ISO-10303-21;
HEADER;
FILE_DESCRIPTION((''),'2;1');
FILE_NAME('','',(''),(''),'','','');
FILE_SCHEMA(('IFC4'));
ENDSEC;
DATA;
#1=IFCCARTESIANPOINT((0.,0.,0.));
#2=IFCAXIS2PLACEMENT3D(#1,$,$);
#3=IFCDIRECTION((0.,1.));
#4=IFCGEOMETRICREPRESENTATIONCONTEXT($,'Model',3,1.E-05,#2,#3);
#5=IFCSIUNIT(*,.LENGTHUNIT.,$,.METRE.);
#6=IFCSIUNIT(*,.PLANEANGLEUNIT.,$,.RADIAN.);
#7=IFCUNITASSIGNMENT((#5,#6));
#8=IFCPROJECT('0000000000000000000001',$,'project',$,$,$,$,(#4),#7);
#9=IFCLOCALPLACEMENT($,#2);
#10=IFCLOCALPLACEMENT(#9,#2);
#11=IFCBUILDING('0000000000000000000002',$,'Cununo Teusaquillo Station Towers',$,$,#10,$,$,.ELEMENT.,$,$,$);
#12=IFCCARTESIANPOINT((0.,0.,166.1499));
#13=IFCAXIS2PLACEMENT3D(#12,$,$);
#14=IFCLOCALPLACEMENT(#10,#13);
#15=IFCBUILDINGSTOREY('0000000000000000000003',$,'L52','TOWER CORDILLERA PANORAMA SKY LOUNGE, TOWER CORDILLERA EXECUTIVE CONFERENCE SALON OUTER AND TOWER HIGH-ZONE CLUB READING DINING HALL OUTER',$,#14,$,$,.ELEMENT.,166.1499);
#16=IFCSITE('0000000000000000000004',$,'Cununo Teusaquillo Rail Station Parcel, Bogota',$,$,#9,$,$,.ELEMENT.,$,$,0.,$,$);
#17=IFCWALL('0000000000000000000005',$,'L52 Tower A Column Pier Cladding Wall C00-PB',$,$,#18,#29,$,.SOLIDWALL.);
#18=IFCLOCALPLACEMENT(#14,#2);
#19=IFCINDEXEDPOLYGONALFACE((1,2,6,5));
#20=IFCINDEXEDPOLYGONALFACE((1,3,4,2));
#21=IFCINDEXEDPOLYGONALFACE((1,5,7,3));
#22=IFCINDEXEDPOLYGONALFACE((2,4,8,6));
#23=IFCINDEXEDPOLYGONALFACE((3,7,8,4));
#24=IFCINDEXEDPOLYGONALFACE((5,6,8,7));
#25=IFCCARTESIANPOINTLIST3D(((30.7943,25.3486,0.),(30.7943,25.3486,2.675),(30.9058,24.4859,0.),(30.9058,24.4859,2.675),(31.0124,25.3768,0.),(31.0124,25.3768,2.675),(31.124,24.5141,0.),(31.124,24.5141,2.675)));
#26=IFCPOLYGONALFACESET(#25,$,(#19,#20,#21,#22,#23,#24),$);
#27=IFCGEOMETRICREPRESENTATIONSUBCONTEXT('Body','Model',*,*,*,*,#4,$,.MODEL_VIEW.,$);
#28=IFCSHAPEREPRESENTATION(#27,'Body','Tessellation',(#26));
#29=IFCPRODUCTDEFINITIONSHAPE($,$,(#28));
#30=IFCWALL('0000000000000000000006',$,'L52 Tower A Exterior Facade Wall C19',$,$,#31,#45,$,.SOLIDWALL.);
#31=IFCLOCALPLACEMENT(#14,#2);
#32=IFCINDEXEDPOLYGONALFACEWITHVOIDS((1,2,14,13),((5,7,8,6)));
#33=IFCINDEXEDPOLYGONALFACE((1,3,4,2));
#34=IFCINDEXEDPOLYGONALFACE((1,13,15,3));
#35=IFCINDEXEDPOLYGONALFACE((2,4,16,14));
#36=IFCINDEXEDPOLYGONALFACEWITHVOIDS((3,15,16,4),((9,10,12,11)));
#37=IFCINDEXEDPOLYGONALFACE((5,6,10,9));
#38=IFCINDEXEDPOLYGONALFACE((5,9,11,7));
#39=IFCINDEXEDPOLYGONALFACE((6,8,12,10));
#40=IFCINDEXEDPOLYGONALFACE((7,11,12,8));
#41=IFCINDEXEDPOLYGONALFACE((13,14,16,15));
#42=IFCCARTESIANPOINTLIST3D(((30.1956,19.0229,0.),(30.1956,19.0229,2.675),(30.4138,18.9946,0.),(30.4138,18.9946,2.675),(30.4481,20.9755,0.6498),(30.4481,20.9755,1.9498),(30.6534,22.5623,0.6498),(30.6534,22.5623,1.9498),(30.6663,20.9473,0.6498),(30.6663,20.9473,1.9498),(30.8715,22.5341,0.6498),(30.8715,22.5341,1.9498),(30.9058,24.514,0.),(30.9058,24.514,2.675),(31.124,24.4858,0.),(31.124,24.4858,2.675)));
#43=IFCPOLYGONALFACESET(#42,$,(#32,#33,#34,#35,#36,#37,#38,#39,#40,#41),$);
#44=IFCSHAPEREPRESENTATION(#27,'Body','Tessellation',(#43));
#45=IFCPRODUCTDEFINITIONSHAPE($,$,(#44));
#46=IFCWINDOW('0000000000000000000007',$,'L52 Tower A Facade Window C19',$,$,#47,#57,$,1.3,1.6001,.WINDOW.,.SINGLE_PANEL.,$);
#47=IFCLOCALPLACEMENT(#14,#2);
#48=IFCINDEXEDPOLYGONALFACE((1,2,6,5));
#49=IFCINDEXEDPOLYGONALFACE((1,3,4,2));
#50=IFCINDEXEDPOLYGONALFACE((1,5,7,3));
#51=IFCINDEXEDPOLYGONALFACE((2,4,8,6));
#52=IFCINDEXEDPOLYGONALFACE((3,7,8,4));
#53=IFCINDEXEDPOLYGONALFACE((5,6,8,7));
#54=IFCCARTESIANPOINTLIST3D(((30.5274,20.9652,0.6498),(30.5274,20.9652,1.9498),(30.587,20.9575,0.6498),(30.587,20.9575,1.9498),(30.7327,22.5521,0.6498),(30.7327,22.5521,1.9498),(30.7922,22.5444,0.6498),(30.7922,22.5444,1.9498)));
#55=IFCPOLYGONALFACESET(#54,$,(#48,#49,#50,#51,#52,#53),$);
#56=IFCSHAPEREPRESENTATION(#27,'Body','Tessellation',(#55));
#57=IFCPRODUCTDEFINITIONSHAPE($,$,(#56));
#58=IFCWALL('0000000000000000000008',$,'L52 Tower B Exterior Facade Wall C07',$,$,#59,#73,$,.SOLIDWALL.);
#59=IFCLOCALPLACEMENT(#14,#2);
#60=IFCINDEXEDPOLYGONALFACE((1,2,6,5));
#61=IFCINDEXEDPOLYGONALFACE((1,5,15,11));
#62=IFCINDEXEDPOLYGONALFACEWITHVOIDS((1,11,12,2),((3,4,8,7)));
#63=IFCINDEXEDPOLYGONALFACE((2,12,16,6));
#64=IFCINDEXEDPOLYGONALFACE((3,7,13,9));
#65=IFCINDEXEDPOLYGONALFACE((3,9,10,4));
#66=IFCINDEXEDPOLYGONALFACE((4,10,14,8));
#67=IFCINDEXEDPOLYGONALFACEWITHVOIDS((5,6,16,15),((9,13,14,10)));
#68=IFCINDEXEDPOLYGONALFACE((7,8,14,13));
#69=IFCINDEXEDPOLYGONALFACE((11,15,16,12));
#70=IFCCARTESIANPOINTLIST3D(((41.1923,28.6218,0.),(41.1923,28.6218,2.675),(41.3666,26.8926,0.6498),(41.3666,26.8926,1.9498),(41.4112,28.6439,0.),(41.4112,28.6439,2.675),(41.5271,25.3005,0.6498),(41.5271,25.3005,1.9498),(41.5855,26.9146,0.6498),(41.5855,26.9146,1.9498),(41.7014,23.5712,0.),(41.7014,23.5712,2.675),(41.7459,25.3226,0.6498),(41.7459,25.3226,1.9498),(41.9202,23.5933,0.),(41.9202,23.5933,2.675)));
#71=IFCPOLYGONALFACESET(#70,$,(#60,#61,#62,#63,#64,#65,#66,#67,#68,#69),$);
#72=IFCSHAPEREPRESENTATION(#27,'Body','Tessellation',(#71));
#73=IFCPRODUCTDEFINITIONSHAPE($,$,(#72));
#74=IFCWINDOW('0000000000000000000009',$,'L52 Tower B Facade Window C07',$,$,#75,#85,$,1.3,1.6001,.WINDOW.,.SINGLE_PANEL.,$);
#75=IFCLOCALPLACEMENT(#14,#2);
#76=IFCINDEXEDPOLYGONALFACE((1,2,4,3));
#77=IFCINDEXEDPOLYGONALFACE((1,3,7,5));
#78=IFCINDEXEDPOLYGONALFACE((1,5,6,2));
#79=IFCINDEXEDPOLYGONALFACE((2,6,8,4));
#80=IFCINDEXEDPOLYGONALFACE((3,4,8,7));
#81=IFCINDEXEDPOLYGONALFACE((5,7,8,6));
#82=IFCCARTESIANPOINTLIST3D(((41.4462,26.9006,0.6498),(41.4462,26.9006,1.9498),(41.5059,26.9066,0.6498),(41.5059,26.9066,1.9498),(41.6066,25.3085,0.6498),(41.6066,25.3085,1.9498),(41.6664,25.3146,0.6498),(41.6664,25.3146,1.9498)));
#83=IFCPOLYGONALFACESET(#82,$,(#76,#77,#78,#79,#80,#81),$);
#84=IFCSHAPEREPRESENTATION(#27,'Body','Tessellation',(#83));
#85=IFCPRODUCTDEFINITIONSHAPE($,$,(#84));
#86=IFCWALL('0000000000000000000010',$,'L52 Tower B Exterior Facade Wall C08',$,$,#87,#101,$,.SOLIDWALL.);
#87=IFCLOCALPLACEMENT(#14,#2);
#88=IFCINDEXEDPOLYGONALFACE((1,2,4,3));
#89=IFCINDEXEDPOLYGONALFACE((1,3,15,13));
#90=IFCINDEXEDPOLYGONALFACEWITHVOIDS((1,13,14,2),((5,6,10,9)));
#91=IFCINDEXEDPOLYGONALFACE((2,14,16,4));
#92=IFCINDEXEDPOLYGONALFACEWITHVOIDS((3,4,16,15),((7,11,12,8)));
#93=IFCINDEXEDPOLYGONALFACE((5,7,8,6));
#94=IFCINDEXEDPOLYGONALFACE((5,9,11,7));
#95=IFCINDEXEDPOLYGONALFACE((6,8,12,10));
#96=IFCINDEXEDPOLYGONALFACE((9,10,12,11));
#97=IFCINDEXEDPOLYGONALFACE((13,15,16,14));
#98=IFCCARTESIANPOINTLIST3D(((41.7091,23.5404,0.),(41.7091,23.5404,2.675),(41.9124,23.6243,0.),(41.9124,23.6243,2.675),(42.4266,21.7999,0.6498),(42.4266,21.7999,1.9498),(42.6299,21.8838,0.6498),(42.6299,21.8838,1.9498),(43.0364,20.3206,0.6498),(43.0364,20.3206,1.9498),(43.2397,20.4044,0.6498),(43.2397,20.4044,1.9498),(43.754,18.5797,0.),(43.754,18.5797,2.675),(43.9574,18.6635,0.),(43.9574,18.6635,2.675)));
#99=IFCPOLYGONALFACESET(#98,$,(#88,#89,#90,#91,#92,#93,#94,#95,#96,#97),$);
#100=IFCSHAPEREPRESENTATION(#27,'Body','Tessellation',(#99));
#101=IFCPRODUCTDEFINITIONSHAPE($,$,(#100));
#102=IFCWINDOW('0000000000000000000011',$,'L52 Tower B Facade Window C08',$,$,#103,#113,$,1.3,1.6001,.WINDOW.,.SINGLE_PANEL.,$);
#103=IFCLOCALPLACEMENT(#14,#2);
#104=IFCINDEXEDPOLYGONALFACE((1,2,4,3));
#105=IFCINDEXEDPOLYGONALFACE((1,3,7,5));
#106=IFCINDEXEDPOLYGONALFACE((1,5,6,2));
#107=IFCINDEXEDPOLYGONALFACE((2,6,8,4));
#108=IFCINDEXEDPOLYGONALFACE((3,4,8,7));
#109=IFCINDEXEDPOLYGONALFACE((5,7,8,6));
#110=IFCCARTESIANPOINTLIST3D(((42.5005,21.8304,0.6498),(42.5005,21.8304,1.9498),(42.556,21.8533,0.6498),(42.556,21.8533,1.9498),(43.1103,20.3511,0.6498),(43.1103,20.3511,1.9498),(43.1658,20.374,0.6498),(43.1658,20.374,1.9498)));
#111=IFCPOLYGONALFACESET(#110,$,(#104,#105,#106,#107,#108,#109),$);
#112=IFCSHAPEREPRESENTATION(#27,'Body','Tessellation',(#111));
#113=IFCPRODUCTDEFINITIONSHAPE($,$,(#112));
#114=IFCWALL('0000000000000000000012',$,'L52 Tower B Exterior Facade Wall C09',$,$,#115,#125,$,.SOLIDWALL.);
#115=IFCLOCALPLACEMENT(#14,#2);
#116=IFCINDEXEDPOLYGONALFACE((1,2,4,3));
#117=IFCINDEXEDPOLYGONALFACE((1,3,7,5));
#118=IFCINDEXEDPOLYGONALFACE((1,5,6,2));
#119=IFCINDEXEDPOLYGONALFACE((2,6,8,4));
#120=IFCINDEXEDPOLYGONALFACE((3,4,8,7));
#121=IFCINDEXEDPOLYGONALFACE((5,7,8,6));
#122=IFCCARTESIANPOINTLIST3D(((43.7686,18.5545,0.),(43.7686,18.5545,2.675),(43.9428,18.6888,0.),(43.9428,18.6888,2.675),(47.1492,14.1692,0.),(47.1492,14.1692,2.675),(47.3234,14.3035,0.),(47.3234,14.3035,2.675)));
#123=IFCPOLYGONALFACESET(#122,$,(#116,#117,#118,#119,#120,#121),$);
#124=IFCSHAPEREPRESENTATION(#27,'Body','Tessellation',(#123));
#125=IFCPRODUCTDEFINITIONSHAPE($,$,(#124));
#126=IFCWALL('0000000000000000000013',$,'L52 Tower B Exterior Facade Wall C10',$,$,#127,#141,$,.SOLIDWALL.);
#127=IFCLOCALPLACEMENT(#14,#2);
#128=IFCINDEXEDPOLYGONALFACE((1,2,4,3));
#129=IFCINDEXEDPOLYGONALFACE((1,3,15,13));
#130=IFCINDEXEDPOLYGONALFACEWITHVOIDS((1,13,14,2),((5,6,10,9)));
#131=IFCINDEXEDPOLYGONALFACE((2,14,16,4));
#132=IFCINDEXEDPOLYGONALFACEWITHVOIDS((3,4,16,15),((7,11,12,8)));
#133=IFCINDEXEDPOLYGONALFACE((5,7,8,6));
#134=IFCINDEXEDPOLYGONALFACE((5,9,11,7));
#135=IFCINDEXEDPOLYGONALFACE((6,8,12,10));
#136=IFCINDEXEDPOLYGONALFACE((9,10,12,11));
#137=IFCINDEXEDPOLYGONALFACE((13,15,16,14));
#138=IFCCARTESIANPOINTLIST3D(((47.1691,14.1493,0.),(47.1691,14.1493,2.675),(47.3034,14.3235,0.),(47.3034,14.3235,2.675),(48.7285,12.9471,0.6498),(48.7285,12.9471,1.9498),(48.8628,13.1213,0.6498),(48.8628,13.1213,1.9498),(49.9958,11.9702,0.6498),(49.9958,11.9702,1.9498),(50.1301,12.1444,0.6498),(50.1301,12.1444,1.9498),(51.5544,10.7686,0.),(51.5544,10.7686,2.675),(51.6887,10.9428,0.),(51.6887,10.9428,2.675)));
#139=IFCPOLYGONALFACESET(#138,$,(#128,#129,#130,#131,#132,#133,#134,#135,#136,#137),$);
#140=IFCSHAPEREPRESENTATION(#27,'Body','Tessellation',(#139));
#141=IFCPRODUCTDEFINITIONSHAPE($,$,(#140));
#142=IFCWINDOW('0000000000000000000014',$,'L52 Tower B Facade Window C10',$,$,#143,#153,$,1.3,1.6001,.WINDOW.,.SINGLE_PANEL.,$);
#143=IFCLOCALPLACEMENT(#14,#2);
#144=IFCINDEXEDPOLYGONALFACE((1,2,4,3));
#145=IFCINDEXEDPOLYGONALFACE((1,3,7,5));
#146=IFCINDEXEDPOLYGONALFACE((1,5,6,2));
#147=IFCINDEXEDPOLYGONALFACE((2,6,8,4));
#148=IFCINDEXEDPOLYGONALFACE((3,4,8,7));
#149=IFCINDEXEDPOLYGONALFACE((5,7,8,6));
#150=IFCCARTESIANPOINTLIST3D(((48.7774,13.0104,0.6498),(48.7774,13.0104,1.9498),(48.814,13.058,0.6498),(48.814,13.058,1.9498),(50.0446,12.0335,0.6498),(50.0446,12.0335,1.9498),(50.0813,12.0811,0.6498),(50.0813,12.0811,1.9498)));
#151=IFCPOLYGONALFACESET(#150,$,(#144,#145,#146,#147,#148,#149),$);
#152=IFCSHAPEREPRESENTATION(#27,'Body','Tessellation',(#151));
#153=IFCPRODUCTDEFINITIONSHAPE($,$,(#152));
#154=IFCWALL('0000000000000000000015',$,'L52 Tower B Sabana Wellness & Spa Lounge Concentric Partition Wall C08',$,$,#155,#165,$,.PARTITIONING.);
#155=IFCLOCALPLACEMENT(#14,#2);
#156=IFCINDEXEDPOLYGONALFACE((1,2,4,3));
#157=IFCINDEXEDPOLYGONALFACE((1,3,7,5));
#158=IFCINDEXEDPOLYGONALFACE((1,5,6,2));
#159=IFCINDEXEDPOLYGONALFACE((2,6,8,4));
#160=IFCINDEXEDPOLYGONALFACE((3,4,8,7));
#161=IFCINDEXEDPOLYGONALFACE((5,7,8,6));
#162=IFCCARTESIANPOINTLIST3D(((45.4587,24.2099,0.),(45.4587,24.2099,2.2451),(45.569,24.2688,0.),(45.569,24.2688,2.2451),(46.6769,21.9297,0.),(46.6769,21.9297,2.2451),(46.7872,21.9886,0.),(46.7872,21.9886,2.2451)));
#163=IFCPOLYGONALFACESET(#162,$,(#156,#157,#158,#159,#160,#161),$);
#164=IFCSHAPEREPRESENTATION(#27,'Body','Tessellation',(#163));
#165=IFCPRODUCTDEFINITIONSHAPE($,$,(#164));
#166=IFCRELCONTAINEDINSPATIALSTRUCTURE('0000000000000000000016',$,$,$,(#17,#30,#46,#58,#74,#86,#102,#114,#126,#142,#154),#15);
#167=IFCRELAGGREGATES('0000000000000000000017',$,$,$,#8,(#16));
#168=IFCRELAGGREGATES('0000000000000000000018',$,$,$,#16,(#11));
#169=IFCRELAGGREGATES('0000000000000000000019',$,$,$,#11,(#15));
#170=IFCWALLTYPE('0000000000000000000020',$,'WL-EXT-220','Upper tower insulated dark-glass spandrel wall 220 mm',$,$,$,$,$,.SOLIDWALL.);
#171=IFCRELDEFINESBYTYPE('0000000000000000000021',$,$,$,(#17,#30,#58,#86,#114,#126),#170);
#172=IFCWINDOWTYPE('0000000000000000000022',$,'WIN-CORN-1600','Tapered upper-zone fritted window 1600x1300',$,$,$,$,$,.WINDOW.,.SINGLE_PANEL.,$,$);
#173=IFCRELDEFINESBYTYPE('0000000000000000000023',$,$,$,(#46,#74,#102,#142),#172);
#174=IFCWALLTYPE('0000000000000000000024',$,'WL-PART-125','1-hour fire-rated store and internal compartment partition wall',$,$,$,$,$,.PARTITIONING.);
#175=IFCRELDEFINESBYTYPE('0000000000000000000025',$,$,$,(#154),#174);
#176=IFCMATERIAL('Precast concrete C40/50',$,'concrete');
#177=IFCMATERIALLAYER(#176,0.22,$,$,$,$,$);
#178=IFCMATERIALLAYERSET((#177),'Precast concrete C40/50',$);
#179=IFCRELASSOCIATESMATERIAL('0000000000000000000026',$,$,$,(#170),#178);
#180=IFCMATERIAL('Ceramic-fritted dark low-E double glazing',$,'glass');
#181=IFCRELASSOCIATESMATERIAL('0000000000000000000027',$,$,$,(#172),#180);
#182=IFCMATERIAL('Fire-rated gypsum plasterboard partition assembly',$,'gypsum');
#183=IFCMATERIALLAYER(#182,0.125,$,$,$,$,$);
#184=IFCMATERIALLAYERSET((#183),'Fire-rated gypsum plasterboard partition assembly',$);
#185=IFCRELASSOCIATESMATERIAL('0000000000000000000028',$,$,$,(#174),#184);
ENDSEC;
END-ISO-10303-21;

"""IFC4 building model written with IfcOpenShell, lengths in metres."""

from ifc_helpers import new_model, si_unit, direction, frame, frame_2d, origin, place, context, subcontext, project, spatial, rectangle, extrude, source, transform, mapped, material, layer, layer_set, type_object, element, fill, save


model = new_model("IFC4")

# Units and contexts
model_context = context("Model", 3, precision=1e-05, world=origin(), true_north=direction((0.0, 1.0)))
body_context = subcontext(model_context, "Body", "Model", "MODEL_VIEW")
ifc_project = project(units=[si_unit("LENGTHUNIT", "METRE"), si_unit("PLANEANGLEUNIT", "RADIAN")], contexts=[model_context])

# Site, building, storey
site_placement = place(None, origin())
site = spatial("IfcSite", under=ifc_project, at=site_placement, Name="Cununo Teusaquillo Rail Station Parcel, Bogota", CompositionType="ELEMENT", RefElevation=0.0)
building_placement = place(site_placement, origin())
building = spatial("IfcBuilding", under=site, at=building_placement, Name="Cununo Teusaquillo Station Towers", CompositionType="ELEMENT")
storey_placement = place(building_placement, frame((0.0, 0.0, 166.1499)))
storey = spatial("IfcBuildingStorey", under=building, at=storey_placement, Name="L52", Description="TOWER CORDILLERA PANORAMA SKY LOUNGE, TOWER CORDILLERA EXECUTIVE CONFERENCE SALON OUTER AND TOWER HIGH-ZONE CLUB READING DINING HALL OUTER", CompositionType="ELEMENT", Elevation=166.1499)

# Wall
ifc_material_1 = material(Name="Precast concrete C40/50", Category="concrete")
ifc_layer_1 = layer(ifc_material_1, 0.22)
ifc_layer_set_1 = layer_set([ifc_layer_1], Name="Precast concrete C40/50")
wall_type_1 = type_object("IfcWallType", Name="WL-EXT-220", Description="Upper tower insulated dark-glass spandrel wall 220 mm", PredefinedType="SOLIDWALL", material=ifc_layer_set_1)
wall_1_placement = place(storey_placement, frame((30.9033, 25.3628, 0.0), z_axis=(0.0, 0.0, 1.0), x_axis=(0.128247, -0.991742, 0.0)))
element("IfcWall", 1, at=wall_1_placement, inside=storey, type_object=wall_type_1, Name="L52 Tower A Column Pier Cladding Wall C00-PB", PredefinedType="SOLIDWALL", context=body_context, shape_type="SweptSolid", body=[
    extrude(rectangle(XDim=0.8699, YDim=0.22, at=frame_2d((0.4351, 0.0))), origin(), (0.0, 0.0, 1.0), 2.675),
])

# Walls, openings, windows
wall_2_placement = place(storey_placement, frame((31.0149, 24.5, 0.0), z_axis=(0.0, 0.0, 1.0), x_axis=(-0.128267, -0.99174, 0.0)))
wall_2 = element("IfcWall", 2, at=wall_2_placement, inside=storey, type_object=wall_type_1, Name="L52 Tower A Exterior Facade Wall C19", PredefinedType="SOLIDWALL", context=body_context, shape_type="SweptSolid", body=[
    extrude(rectangle(XDim=5.5369, YDim=0.22, at=frame_2d((2.7686, 0.0))), origin(), (0.0, 0.0, 1.0), 2.675),
])
shared_shape_1 = source(origin(), body_context, "Body", "SweptSolid", [
    extrude(rectangle(XDim=1.6001, YDim=1.3, at=frame_2d((0.8, 0.6499))), frame((0.0, 0.1199, 0.0), z_axis=(0.0, -1.0, 0.0), x_axis=(1.0, 0.0, 0.0)), (0.0, 0.0, 1.0), 0.24),
])
opening_1_placement = place(wall_2_placement, frame((1.968, 0.0, 0.6499)))
opening_1 = element("IfcOpeningElement", 3, at=opening_1_placement, cuts=wall_2, PredefinedType="OPENING", context=body_context, shape_type="MappedRepresentation", body=[
    mapped(shared_shape_1, transform((0.0, 0.0, 0.0), x_axis=(1.0, 0.0, 0.0), y_axis=(0.0, 1.0, 0.0), z_axis=(0.0, 0.0, 1.0), scale=1.0)),
])
ifc_material_2 = material(Name="Ceramic-fritted dark low-E double glazing", Category="glass")
window_type = type_object("IfcWindowType", Name="WIN-CORN-1600", Description="Tapered upper-zone fritted window 1600x1300", PartitioningType="SINGLE_PANEL", PredefinedType="WINDOW", material=ifc_material_2)
shared_shape_2 = source(origin(), body_context, "Body", "SweptSolid", [
    extrude(rectangle(XDim=1.6001, YDim=1.3, at=frame_2d((0.8, 0.6499))), frame((0.0, 0.03, 0.0), z_axis=(0.0, -1.0, 0.0), x_axis=(1.0, 0.0, 0.0)), (0.0, 0.0, 1.0), 0.0601),
])
window_1_placement = place(opening_1_placement, origin())
window_1 = element("IfcWindow", 4, at=window_1_placement, inside=storey, type_object=window_type, Name="L52 Tower A Facade Window C19", OverallHeight=1.3, OverallWidth=1.6001, PartitioningType="SINGLE_PANEL", PredefinedType="WINDOW", context=body_context, shape_type="MappedRepresentation", body=[
    mapped(shared_shape_2, transform((0.0, 0.0, 0.0), x_axis=(1.0, 0.0, 0.0), y_axis=(0.0, 1.0, 0.0), z_axis=(0.0, 0.0, 1.0), scale=1.0)),
])
fill(opening_1, window_1)
wall_3_placement = place(storey_placement, frame((41.8108, 23.5823, 0.0), z_axis=(0.0, 0.0, 1.0), x_axis=(-0.10028, 0.994959, 0.0)))
wall_3 = element("IfcWall", 5, at=wall_3_placement, inside=storey, type_object=wall_type_1, Name="L52 Tower B Exterior Facade Wall C07", PredefinedType="SOLIDWALL", context=body_context, shape_type="SweptSolid", body=[
    extrude(rectangle(XDim=5.0762, YDim=0.22, at=frame_2d((2.5381, 0.0))), origin(), (0.0, 0.0, 1.0), 2.675),
])
opening_2_placement = place(wall_3_placement, frame((1.738, 0.0, 0.6499)))
opening_2 = element("IfcOpeningElement", 6, at=opening_2_placement, cuts=wall_3, PredefinedType="OPENING", context=body_context, shape_type="MappedRepresentation", body=[
    mapped(shared_shape_1, transform((0.0, 0.0, 0.0), x_axis=(1.0, 0.0, 0.0), y_axis=(0.0, 1.0, 0.0), z_axis=(0.0, 0.0, 1.0), scale=1.0)),
])
window_2_placement = place(opening_2_placement, origin())
window_2 = element("IfcWindow", 7, at=window_2_placement, inside=storey, type_object=window_type, Name="L52 Tower B Facade Window C07", OverallHeight=1.3, OverallWidth=1.6001, PartitioningType="SINGLE_PANEL", PredefinedType="WINDOW", context=body_context, shape_type="MappedRepresentation", body=[
    mapped(shared_shape_2, transform((0.0, 0.0, 0.0), x_axis=(1.0, 0.0, 0.0), y_axis=(0.0, 1.0, 0.0), z_axis=(0.0, 0.0, 1.0), scale=1.0)),
])
fill(opening_2, window_2)
wall_4_placement = place(storey_placement, frame((43.8557, 18.6216, 0.0), z_axis=(0.0, 0.0, 1.0), x_axis=(-0.381114, 0.924528, 0.0)))
wall_4 = element("IfcWall", 8, at=wall_4_placement, inside=storey, type_object=wall_type_1, Name="L52 Tower B Exterior Facade Wall C08", PredefinedType="SOLIDWALL", context=body_context, shape_type="SweptSolid", body=[
    extrude(rectangle(XDim=5.3657, YDim=0.22, at=frame_2d((2.6829, 0.0))), origin(), (0.0, 0.0, 1.0), 2.675),
])
opening_3_placement = place(wall_4_placement, frame((1.8831, 0.0, 0.6499)))
opening_3 = element("IfcOpeningElement", 9, at=opening_3_placement, cuts=wall_4, PredefinedType="OPENING", context=body_context, shape_type="MappedRepresentation", body=[
    mapped(shared_shape_1, transform((0.0, 0.0, 0.0), x_axis=(1.0, 0.0, 0.0), y_axis=(0.0, 1.0, 0.0), z_axis=(0.0, 0.0, 1.0), scale=1.0)),
])
window_3_placement = place(opening_3_placement, origin())
window_3 = element("IfcWindow", 10, at=window_3_placement, inside=storey, type_object=window_type, Name="L52 Tower B Facade Window C08", OverallHeight=1.3, OverallWidth=1.6001, PartitioningType="SINGLE_PANEL", PredefinedType="WINDOW", context=body_context, shape_type="MappedRepresentation", body=[
    mapped(shared_shape_2, transform((0.0, 0.0, 0.0), x_axis=(1.0, 0.0, 0.0), y_axis=(0.0, 1.0, 0.0), z_axis=(0.0, 0.0, 1.0), scale=1.0)),
])
fill(opening_3, window_3)

# Wall
wall_5_placement = place(storey_placement, frame((47.2363, 14.2363, 0.0), z_axis=(0.0, 0.0, 1.0), x_axis=(-0.610544, 0.791983, 0.0)))
element("IfcWall", 11, at=wall_5_placement, inside=storey, type_object=wall_type_1, Name="L52 Tower B Exterior Facade Wall C09", PredefinedType="SOLIDWALL", context=body_context, shape_type="SweptSolid", body=[
    extrude(rectangle(XDim=5.5371, YDim=0.22, at=frame_2d((2.7686, 0.0))), origin(), (0.0, 0.0, 1.0), 2.675),
])

# Wall, opening, window
wall_6_placement = place(storey_placement, frame((51.6216, 10.8557, 0.0), z_axis=(0.0, 0.0, 1.0), x_axis=(-0.791983, 0.610544, 0.0)))
wall_6 = element("IfcWall", 12, at=wall_6_placement, inside=storey, type_object=wall_type_1, Name="L52 Tower B Exterior Facade Wall C10", PredefinedType="SOLIDWALL", context=body_context, shape_type="SweptSolid", body=[
    extrude(rectangle(XDim=5.5371, YDim=0.22, at=frame_2d((2.7686, 0.0))), origin(), (0.0, 0.0, 1.0), 2.675),
])
opening_4_placement = place(wall_6_placement, frame((1.968, 0.0, 0.6499)))
opening_4 = element("IfcOpeningElement", 13, at=opening_4_placement, cuts=wall_6, PredefinedType="OPENING", context=body_context, shape_type="MappedRepresentation", body=[
    mapped(shared_shape_1, transform((0.0, 0.0, 0.0), x_axis=(1.0, 0.0, 0.0), y_axis=(0.0, 1.0, 0.0), z_axis=(0.0, 0.0, 1.0), scale=1.0)),
])
window_4_placement = place(opening_4_placement, origin())
window_4 = element("IfcWindow", 14, at=window_4_placement, inside=storey, type_object=window_type, Name="L52 Tower B Facade Window C10", OverallHeight=1.3, OverallWidth=1.6001, PartitioningType="SINGLE_PANEL", PredefinedType="WINDOW", context=body_context, shape_type="MappedRepresentation", body=[
    mapped(shared_shape_2, transform((0.0, 0.0, 0.0), x_axis=(1.0, 0.0, 0.0), y_axis=(0.0, 1.0, 0.0), z_axis=(0.0, 0.0, 1.0), scale=1.0)),
])
fill(opening_4, window_4)

# Wall
ifc_material_3 = material(Name="Fire-rated gypsum plasterboard partition assembly", Category="gypsum")
ifc_layer_2 = layer(ifc_material_3, 0.125)
ifc_layer_set_2 = layer_set([ifc_layer_2], Name="Fire-rated gypsum plasterboard partition assembly")
wall_type_2 = type_object("IfcWallType", Name="WL-PART-125", Description="1-hour fire-rated store and internal compartment partition wall", PredefinedType="PARTITIONING", material=ifc_layer_set_2)
wall_7_placement = place(storey_placement, frame((45.5139, 24.2393, 0.0), z_axis=(0.0, 0.0, 1.0), x_axis=(0.471225, -0.882013, 0.0)))
element("IfcWall", 15, at=wall_7_placement, inside=storey, type_object=wall_type_2, Name="L52 Tower B Sabana Wellness & Spa Lounge Concentric Partition Wall C08", PredefinedType="PARTITIONING", context=body_context, shape_type="SweptSolid", body=[
    extrude(rectangle(XDim=2.5852, YDim=0.125, at=frame_2d((1.2925, 0.0))), origin(), (0.0, 0.0, 1.0), 2.2451),
])

save(model, "model.ifc")
